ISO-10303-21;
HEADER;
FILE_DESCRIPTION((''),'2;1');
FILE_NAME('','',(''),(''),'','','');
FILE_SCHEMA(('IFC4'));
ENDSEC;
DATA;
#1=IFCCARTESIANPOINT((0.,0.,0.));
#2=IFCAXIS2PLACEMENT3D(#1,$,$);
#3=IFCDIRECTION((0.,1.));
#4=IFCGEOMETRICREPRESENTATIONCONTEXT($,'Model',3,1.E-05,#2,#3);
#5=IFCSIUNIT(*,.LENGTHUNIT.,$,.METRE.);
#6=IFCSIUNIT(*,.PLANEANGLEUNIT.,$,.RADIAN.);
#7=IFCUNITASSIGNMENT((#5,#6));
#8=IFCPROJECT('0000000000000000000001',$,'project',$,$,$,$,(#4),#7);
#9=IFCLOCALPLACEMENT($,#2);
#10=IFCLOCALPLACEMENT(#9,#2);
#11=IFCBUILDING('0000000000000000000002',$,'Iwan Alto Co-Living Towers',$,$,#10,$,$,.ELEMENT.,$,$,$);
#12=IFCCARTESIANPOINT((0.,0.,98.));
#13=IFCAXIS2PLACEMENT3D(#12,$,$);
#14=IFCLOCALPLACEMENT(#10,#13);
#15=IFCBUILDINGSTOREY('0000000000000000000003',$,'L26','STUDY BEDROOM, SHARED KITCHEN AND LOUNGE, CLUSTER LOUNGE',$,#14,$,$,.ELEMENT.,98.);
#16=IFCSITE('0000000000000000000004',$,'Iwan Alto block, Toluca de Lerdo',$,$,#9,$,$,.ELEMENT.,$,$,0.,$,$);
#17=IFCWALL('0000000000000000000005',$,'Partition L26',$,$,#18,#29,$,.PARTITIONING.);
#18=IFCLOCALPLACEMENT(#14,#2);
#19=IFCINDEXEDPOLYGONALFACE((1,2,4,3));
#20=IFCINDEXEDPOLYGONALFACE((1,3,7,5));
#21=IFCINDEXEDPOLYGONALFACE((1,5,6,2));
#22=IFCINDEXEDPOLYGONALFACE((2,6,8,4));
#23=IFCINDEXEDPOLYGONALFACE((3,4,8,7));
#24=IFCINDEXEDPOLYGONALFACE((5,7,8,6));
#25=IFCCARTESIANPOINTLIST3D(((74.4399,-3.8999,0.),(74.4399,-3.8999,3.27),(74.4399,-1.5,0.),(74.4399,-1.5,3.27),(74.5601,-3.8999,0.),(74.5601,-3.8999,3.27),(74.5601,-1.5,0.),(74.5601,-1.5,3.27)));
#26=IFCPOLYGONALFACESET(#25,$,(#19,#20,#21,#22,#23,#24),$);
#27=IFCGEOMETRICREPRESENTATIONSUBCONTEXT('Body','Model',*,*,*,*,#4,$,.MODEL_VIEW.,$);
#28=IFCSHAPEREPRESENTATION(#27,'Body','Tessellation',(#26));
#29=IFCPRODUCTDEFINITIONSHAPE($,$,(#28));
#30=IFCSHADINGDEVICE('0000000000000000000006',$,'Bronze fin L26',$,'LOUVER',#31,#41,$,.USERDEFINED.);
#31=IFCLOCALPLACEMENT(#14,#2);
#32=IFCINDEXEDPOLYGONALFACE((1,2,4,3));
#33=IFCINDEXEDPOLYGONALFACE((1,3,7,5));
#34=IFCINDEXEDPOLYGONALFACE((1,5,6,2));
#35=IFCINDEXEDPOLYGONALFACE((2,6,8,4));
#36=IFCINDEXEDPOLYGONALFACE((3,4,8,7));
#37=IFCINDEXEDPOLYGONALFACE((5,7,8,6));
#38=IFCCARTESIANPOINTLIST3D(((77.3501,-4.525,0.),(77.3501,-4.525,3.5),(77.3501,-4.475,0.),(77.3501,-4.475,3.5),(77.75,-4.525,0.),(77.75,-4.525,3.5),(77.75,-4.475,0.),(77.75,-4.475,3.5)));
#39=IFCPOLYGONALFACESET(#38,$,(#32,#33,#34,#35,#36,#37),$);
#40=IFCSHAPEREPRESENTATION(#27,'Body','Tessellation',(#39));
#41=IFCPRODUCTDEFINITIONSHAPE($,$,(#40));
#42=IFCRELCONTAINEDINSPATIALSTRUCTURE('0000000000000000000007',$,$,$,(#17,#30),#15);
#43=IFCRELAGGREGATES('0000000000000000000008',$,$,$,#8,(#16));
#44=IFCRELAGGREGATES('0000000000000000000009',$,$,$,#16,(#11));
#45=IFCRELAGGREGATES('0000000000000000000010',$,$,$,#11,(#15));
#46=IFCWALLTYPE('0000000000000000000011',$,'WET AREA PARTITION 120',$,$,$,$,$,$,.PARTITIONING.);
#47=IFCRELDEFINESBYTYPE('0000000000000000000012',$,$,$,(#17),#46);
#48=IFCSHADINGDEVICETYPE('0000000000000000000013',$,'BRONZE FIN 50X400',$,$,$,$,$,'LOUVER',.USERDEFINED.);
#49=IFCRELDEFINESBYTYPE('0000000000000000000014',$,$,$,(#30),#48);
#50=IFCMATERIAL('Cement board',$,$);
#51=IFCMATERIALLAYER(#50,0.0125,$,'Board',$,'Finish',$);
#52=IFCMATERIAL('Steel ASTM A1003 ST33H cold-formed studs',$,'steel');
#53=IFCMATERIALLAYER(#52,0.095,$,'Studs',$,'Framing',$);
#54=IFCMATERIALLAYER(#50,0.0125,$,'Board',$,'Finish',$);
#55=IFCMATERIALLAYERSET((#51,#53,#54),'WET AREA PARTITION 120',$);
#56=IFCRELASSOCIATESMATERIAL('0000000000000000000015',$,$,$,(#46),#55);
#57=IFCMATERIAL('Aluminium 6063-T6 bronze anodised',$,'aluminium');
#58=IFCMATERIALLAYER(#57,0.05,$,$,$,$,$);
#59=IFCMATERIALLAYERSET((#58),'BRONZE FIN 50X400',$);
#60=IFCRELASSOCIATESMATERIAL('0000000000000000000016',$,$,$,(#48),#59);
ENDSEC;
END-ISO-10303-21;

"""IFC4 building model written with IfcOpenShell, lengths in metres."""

from ifc_helpers import new_model, si_unit, direction, frame, frame_2d, origin, origin_2d, place, context, subcontext, project, spatial, rectangle, extrude, material, layer, layer_set, type_object, element, save


model = new_model("IFC4")

# Units and contexts
model_context = context("Model", 3, precision=1e-05, world=origin(), true_north=direction((0.0, 1.0)))
body_context = subcontext(model_context, "Body", "Model", "MODEL_VIEW")
ifc_project = project(units=[si_unit("LENGTHUNIT", "METRE"), si_unit("PLANEANGLEUNIT", "RADIAN")], contexts=[model_context])

# Site, building, storey
site_placement = place(None, origin())
site = spatial("IfcSite", under=ifc_project, at=site_placement, Name="Iwan Alto block, Toluca de Lerdo", CompositionType="ELEMENT", RefElevation=0.0)
building_placement = place(site_placement, origin())
building = spatial("IfcBuilding", under=site, at=building_placement, Name="Iwan Alto Co-Living Towers", CompositionType="ELEMENT")
storey_placement = place(building_placement, frame((0.0, 0.0, 98.0)))
storey = spatial("IfcBuildingStorey", under=building, at=storey_placement, Name="L26", Description="STUDY BEDROOM, SHARED KITCHEN AND LOUNGE, CLUSTER LOUNGE", CompositionType="ELEMENT", Elevation=98.0)

# Shared definitions
ifc_material_1 = material(Name="Steel ASTM A1003 ST33H cold-formed studs", Category="steel")

# Wall
ifc_material_2 = material(Name="Cement board")
ifc_layer_1 = layer(ifc_material_2, 0.0125, Name="Board", Category="Finish")
ifc_layer_2 = layer(ifc_material_1, 0.095, Name="Studs", Category="Framing")
ifc_layer_3 = layer(ifc_material_2, 0.0125, Name="Board", Category="Finish")
ifc_layer_set_1 = layer_set([ifc_layer_1, ifc_layer_2, ifc_layer_3], Name="WET AREA PARTITION 120")
wall_type_1 = type_object("IfcWallType", Name="WET AREA PARTITION 120", PredefinedType="PARTITIONING", material=ifc_layer_set_1)
wall_1_placement = place(storey_placement, frame((74.5, -3.8999, 0.0), z_axis=(0.0, 0.0, 1.0), x_axis=(0.0, 1.0, 0.0)))
element("IfcWall", 1, at=wall_1_placement, inside=storey, type_object=wall_type_1, Name="Partition L26", PredefinedType="PARTITIONING", context=body_context, shape_type="SweptSolid", body=[
    extrude(rectangle(XDim=2.3999, YDim=0.1201, at=frame_2d((1.2, 0.0))), origin(), (0.0, 0.0, 1.0), 3.27),
])

# Shading device
ifc_material_3 = material(Name="Aluminium 6063-T6 bronze anodised", Category="aluminium")
ifc_layer_4 = layer(ifc_material_3, 0.05)
ifc_layer_set_2 = layer_set([ifc_layer_4], Name="BRONZE FIN 50X400")
shading_device_type = type_object("IfcShadingDeviceType", Name="BRONZE FIN 50X400", ElementType="LOUVER", PredefinedType="USERDEFINED", material=ifc_layer_set_2)
shading_device_placement = place(storey_placement, frame((77.55, -4.5, 0.0), z_axis=(0.0, 0.0, 1.0), x_axis=(0.0, 1.0, 0.0)))
element("IfcShadingDevice", 2, at=shading_device_placement, inside=storey, type_object=shading_device_type, Name="Bronze fin L26", ObjectType="LOUVER", PredefinedType="USERDEFINED", context=body_context, shape_type="SweptSolid", body=[
    extrude(rectangle(XDim=0.05, YDim=0.3999, at=origin_2d()), origin(), (0.0, 0.0, 1.0), 3.5),
])

save(model, "model.ifc")
